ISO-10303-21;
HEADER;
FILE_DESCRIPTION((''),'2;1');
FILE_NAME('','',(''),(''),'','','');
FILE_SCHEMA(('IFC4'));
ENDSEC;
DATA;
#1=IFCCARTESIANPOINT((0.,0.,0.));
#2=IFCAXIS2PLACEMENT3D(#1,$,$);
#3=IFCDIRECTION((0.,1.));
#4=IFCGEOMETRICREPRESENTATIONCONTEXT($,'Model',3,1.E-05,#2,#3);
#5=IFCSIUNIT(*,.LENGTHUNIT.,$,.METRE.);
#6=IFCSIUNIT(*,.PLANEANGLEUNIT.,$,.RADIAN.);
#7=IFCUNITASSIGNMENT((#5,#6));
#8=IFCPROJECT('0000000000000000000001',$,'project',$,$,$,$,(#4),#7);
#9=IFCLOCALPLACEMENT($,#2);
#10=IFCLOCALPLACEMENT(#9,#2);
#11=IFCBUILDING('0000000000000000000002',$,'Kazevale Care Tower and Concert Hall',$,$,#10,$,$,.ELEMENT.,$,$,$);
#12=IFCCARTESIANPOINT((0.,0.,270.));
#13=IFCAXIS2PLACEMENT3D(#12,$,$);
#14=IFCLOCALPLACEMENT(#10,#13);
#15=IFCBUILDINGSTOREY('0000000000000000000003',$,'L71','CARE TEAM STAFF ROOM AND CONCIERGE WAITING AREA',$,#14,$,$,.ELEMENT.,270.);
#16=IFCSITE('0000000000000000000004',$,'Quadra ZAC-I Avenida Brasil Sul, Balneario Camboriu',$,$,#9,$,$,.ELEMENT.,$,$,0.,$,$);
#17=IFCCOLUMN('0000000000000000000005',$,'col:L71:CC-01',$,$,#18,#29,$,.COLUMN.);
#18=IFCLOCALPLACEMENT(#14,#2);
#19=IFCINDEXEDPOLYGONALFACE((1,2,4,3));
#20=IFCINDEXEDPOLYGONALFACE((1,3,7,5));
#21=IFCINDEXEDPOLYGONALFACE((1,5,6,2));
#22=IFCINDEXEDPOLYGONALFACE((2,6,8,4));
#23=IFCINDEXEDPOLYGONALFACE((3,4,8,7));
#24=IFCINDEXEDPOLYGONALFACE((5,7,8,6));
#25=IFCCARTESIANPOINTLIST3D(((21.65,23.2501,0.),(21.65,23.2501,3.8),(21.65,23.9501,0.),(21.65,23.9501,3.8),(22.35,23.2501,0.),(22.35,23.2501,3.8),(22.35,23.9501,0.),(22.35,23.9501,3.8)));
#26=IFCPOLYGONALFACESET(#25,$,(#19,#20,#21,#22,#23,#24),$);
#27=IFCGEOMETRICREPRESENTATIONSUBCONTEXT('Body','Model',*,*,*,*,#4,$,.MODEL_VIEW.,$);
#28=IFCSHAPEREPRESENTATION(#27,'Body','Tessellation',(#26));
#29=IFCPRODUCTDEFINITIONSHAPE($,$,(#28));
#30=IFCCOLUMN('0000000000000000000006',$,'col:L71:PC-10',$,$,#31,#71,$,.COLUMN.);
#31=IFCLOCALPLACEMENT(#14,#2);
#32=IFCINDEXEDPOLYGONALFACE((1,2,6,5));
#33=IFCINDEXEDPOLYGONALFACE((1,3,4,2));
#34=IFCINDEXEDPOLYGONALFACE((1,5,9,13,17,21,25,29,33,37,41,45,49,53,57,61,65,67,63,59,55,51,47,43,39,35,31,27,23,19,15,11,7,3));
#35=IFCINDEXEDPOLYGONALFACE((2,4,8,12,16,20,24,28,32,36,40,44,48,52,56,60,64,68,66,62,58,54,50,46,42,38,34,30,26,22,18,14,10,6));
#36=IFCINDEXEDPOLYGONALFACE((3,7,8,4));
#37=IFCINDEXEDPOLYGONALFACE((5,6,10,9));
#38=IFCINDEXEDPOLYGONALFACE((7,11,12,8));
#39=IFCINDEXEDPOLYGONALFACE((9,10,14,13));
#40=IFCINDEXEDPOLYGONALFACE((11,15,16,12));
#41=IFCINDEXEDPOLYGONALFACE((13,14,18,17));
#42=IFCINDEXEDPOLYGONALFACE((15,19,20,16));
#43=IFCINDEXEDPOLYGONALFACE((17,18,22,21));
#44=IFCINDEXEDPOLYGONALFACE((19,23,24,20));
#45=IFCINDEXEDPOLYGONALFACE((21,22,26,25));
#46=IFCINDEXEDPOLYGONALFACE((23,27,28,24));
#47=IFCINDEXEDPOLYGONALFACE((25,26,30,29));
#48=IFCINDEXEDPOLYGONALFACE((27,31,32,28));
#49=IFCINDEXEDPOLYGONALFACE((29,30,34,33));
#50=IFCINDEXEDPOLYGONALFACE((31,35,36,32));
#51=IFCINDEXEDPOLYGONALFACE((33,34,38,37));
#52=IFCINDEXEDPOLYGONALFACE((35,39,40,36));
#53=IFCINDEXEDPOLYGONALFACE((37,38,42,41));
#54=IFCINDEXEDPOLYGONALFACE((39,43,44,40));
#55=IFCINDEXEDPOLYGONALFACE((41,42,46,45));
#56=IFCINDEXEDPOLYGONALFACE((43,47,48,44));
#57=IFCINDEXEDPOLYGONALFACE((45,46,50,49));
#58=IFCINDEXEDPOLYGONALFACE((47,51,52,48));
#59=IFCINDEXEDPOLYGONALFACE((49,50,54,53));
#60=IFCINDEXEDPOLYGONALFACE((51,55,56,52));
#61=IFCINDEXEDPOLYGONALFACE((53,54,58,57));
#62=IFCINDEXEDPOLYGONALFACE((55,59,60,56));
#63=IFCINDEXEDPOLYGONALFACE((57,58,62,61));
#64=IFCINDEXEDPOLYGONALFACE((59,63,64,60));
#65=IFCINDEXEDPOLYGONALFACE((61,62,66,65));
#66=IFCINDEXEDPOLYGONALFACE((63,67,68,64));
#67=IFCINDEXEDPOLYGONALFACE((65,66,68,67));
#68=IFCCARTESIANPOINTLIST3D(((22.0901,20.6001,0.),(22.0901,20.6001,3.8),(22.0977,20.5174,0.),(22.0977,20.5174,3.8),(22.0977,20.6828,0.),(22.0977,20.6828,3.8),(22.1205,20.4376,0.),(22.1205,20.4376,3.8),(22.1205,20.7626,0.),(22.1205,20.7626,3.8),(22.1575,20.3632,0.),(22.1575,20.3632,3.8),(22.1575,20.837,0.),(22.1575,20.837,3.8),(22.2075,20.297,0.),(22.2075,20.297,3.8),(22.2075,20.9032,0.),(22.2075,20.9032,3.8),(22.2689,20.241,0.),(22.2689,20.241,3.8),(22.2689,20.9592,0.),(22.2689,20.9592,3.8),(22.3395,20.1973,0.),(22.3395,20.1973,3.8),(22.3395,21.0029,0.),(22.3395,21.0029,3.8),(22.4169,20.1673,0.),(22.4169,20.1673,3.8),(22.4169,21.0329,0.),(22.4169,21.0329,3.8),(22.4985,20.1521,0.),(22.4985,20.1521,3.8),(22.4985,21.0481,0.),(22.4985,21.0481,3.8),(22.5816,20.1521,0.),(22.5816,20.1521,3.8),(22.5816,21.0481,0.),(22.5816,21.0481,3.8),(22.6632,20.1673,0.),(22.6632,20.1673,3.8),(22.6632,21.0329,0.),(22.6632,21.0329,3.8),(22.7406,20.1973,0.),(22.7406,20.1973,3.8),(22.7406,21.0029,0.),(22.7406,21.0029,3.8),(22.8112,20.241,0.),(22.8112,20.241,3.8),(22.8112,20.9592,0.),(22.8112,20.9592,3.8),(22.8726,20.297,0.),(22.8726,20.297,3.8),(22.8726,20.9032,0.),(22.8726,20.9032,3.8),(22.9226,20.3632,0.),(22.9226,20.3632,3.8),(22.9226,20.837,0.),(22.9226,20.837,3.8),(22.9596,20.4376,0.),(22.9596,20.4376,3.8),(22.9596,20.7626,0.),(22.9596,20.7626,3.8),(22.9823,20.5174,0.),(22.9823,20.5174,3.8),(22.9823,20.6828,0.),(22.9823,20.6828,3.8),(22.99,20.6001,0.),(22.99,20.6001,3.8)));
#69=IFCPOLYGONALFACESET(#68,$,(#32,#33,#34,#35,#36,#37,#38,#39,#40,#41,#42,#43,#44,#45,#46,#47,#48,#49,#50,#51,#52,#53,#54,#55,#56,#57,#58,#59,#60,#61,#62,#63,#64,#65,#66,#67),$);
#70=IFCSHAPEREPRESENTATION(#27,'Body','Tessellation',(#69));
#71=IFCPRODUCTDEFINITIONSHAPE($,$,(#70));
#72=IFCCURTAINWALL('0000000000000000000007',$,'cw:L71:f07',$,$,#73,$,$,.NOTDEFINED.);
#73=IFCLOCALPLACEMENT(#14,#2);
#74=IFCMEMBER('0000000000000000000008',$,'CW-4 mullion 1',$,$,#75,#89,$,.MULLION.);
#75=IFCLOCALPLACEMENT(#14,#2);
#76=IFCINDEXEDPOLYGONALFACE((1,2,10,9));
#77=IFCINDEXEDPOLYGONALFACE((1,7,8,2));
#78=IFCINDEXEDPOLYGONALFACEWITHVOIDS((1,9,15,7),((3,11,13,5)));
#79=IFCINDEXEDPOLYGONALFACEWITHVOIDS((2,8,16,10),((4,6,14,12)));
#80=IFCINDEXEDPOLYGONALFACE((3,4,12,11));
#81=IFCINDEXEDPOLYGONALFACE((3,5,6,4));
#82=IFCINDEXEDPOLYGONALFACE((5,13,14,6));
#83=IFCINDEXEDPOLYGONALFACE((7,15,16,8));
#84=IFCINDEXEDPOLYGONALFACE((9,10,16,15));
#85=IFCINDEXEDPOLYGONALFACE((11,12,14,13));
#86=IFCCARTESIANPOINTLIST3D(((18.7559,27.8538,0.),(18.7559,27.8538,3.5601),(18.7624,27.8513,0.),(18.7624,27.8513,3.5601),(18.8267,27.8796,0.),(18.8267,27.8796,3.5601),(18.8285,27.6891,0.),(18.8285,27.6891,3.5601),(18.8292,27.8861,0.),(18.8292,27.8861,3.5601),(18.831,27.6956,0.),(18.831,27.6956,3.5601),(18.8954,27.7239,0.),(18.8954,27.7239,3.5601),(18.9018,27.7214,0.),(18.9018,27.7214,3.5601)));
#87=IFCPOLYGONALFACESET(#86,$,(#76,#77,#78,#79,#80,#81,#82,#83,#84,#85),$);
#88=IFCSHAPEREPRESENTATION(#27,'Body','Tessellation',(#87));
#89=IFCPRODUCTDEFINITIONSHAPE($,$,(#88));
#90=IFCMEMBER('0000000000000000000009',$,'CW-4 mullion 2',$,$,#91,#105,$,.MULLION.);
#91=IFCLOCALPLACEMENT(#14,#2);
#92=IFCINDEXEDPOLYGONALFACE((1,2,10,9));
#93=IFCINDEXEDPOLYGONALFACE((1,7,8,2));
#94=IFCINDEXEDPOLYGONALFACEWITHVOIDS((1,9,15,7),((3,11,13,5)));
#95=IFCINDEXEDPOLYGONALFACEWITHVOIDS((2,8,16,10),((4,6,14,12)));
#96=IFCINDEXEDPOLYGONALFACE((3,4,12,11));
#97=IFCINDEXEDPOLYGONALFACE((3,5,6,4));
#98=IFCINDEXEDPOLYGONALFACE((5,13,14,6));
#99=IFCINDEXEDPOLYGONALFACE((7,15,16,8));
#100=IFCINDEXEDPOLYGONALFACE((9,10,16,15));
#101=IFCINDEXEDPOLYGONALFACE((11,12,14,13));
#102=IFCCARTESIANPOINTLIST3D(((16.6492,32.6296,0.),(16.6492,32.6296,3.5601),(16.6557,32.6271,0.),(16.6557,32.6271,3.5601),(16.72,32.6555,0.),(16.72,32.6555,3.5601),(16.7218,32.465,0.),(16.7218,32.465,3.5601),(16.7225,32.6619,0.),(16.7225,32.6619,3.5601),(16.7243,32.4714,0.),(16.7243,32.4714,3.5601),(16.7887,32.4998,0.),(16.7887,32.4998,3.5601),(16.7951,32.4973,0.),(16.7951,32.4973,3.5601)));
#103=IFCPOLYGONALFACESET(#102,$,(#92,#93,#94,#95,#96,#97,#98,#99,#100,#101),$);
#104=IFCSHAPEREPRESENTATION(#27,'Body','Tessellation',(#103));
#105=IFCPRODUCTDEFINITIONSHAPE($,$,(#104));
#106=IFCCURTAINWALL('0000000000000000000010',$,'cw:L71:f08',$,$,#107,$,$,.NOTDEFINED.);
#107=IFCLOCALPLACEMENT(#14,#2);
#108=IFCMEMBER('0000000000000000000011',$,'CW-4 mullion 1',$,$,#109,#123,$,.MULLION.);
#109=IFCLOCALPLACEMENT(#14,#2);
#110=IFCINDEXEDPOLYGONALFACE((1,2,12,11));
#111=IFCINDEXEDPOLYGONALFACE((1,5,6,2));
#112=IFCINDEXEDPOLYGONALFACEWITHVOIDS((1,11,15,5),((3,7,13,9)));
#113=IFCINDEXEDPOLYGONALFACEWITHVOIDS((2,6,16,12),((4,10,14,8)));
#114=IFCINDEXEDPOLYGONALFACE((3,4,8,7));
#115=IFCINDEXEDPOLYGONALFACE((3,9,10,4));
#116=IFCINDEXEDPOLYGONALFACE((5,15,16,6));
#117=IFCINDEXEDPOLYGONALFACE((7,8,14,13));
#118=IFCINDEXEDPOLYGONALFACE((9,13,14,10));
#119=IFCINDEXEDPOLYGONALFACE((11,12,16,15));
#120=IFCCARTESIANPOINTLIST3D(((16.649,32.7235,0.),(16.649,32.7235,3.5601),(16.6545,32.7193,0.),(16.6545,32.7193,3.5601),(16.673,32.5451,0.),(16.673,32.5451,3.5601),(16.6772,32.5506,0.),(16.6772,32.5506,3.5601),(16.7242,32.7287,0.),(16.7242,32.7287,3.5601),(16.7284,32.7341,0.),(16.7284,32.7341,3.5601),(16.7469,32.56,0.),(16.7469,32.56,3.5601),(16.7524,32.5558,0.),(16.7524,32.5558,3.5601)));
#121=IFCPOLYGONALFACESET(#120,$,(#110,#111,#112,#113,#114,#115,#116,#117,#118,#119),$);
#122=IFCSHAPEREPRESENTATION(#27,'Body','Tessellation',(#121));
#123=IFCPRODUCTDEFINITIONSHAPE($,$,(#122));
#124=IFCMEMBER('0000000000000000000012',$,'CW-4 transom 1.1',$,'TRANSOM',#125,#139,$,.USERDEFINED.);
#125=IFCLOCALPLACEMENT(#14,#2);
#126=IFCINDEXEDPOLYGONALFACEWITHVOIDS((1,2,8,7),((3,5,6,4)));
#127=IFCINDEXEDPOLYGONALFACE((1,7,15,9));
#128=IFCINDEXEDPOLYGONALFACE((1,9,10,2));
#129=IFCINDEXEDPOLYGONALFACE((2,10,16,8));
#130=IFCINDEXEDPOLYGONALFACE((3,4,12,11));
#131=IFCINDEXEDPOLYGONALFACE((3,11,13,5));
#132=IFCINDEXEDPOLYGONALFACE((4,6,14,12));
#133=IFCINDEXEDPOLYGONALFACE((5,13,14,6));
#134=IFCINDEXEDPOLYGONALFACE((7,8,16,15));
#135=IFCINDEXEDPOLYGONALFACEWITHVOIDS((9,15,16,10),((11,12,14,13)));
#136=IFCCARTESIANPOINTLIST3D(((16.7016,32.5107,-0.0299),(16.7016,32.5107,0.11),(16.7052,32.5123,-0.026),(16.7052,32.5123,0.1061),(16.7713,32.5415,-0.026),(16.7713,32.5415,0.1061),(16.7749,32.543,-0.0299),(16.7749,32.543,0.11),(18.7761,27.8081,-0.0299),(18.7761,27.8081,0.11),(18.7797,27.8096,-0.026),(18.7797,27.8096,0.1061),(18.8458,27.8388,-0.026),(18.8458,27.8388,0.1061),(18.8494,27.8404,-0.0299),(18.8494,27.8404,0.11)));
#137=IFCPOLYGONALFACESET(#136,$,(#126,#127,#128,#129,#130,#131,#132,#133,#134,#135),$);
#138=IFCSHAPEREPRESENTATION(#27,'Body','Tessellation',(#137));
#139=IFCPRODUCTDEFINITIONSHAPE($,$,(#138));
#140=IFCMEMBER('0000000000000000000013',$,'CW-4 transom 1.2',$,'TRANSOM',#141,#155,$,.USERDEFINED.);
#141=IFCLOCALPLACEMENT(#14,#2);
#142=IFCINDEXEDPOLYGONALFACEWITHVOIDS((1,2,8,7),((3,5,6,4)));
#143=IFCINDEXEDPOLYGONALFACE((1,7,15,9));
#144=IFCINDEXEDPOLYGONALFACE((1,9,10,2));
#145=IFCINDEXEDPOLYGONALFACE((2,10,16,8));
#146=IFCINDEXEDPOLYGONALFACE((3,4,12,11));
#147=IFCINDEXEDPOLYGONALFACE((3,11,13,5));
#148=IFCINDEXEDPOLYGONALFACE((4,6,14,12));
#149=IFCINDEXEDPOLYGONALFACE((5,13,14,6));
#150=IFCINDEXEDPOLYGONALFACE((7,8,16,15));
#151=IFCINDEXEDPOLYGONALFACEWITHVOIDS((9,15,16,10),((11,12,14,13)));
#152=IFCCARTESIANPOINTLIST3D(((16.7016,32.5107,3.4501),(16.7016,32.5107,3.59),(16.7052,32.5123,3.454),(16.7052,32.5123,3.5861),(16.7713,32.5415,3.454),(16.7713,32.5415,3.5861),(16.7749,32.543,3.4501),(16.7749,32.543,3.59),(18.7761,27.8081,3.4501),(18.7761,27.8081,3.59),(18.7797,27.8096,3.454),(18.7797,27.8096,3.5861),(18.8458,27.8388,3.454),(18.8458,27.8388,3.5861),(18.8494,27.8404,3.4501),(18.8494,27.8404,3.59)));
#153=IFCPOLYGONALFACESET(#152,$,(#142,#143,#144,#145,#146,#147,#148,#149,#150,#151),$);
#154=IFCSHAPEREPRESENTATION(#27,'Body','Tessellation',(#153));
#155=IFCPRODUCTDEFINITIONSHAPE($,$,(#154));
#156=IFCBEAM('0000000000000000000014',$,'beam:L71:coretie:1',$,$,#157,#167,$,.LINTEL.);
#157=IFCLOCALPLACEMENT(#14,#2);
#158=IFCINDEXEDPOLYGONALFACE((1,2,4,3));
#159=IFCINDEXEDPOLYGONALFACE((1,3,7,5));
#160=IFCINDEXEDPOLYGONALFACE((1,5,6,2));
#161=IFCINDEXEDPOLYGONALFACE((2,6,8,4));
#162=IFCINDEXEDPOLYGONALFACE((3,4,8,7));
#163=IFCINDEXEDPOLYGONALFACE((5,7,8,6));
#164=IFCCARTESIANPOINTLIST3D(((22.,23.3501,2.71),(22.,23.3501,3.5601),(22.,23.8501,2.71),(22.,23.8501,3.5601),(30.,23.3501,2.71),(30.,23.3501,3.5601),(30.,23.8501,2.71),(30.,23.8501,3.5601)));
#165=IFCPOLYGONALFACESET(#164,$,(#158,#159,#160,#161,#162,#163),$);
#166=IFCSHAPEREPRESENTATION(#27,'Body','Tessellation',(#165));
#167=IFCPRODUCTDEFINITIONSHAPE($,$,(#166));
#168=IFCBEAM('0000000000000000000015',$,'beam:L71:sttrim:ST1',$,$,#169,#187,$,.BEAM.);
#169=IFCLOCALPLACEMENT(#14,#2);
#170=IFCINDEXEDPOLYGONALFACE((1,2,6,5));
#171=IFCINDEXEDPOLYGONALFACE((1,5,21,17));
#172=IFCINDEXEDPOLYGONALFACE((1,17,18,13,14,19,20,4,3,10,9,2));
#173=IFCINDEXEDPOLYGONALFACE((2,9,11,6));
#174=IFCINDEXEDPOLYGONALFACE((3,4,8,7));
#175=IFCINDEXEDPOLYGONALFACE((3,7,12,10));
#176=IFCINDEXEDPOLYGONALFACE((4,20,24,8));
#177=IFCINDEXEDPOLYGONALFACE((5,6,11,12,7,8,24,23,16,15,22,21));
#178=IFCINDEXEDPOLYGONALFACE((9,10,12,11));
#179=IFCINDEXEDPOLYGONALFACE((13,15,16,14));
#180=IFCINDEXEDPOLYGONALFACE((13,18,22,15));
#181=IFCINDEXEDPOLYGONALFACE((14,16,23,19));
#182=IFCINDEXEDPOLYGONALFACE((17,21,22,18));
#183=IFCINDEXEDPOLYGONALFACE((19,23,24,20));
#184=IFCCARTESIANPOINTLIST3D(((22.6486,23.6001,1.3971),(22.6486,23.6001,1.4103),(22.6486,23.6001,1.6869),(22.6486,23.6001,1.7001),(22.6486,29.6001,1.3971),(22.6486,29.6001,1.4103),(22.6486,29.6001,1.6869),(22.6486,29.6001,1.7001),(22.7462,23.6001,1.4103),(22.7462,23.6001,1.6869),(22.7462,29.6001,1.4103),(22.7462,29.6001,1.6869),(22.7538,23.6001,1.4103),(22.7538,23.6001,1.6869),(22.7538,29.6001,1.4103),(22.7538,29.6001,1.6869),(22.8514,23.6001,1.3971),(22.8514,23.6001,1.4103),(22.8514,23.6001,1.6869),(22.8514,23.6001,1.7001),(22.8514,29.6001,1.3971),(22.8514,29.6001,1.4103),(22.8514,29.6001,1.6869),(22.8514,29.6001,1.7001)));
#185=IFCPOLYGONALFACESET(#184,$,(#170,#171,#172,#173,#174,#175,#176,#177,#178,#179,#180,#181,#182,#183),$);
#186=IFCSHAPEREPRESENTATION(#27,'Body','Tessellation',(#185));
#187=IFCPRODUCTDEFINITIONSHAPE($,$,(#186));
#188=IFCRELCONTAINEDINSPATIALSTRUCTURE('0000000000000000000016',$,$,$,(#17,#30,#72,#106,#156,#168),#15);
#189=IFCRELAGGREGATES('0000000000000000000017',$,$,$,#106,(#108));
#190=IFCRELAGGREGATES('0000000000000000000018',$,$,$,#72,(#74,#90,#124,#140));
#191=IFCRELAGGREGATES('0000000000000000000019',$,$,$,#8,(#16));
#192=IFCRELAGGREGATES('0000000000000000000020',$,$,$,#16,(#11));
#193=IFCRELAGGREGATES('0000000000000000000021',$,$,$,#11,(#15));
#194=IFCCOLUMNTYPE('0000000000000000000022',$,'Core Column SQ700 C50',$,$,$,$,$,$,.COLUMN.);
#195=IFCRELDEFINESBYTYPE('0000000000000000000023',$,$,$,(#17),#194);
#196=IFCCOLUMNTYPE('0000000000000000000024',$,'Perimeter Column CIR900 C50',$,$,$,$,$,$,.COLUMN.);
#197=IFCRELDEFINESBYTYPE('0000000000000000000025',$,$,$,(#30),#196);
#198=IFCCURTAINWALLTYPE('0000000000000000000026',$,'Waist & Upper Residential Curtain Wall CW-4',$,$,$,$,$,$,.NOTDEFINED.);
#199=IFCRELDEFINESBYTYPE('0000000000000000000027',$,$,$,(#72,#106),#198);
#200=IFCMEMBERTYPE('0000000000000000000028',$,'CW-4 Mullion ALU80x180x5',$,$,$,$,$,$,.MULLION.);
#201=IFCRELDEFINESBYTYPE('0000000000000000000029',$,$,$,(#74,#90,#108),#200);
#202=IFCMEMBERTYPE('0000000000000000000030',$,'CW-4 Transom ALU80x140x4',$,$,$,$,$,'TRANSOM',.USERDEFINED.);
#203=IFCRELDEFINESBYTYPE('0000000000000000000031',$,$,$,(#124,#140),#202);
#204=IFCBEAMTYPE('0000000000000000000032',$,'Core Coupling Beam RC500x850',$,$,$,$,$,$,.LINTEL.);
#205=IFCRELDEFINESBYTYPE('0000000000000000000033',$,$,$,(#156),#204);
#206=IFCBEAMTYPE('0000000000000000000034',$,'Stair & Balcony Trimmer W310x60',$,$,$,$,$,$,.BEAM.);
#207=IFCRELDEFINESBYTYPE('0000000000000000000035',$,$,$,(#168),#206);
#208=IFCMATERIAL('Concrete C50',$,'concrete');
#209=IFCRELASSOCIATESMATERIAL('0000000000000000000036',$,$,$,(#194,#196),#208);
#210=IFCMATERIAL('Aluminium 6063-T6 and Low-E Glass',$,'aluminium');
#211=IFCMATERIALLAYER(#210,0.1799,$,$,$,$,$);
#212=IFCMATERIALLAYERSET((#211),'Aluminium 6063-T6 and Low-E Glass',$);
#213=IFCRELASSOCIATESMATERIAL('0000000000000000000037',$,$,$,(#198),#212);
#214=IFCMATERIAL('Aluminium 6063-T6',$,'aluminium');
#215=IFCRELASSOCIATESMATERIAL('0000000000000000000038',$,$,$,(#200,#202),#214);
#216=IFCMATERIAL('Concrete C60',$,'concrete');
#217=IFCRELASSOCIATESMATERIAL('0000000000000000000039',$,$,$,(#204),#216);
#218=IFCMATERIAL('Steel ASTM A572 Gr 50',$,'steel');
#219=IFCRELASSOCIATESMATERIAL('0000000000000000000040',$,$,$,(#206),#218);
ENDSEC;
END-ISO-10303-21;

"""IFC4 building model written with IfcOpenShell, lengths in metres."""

from ifc_helpers import new_model, si_unit, direction, frame, origin, origin_2d, place, context, subcontext, project, spatial, rectangle, hollow_rectangle, circle, i_section, extrude, material, layer, layer_set, material_profile, profile_set, type_object, element, aggregate, save


model = new_model("IFC4")

# Units and contexts
model_context = context("Model", 3, precision=1e-05, world=origin(), true_north=direction((0.0, 1.0)))
body_context = subcontext(model_context, "Body", "Model", "MODEL_VIEW")
ifc_project = project(units=[si_unit("LENGTHUNIT", "METRE"), si_unit("PLANEANGLEUNIT", "RADIAN")], contexts=[model_context])

# Site, building, storey
site_placement = place(None, origin())
site = spatial("IfcSite", under=ifc_project, at=site_placement, Name="Quadra ZAC-I Avenida Brasil Sul, Balneario Camboriu", CompositionType="ELEMENT", RefElevation=0.0)
building_placement = place(site_placement, origin())
building = spatial("IfcBuilding", under=site, at=building_placement, Name="Kazevale Care Tower and Concert Hall", CompositionType="ELEMENT")
storey_placement = place(building_placement, frame((0.0, 0.0, 270.0)))
storey = spatial("IfcBuildingStorey", under=building, at=storey_placement, Name="L71", Description="CARE TEAM STAFF ROOM AND CONCIERGE WAITING AREA", CompositionType="ELEMENT", Elevation=270.0)

# Columns
ifc_material_1 = material(Name="Concrete C50", Category="concrete")
ifc_material_profile_1 = material_profile(ifc_material_1, rectangle(XDim=0.7, YDim=0.7, at=origin_2d()), Name="RC-SQ700")
ifc_profile_set_1 = profile_set([ifc_material_profile_1], Name="Concrete C50")
column_type_1 = type_object("IfcColumnType", Name="Core Column SQ700 C50", PredefinedType="COLUMN", material=ifc_profile_set_1)
column_1_placement = place(storey_placement, frame((22.0, 23.6001, 0.0), z_axis=(0.0, 0.0, 1.0), x_axis=(1.0, 0.0, 0.0)))
element("IfcColumn", 1, at=column_1_placement, inside=storey, type_object=column_type_1, Name="col:L71:CC-01", PredefinedType="COLUMN", context=body_context, shape_type="SweptSolid", body=[
    extrude(rectangle(XDim=0.7, YDim=0.7, at=origin_2d()), origin(), (0.0, 0.0, 1.0), 3.8),
])
ifc_material_profile_2 = material_profile(ifc_material_1, circle(Radius=0.45, at=origin_2d()), Name="RC-CIR900")
ifc_profile_set_2 = profile_set([ifc_material_profile_2], Name="Concrete C50")
column_type_2 = type_object("IfcColumnType", Name="Perimeter Column CIR900 C50", PredefinedType="COLUMN", material=ifc_profile_set_2)
column_2_placement = place(storey_placement, frame((22.54, 20.6001, 0.0), z_axis=(0.0, 0.0, 1.0), x_axis=(1.0, 0.0, 0.0)))
element("IfcColumn", 2, at=column_2_placement, inside=storey, type_object=column_type_2, Name="col:L71:PC-10", PredefinedType="COLUMN", context=body_context, shape_type="SweptSolid", body=[
    extrude(circle(Radius=0.45, at=origin_2d()), origin(), (0.0, 0.0, 1.0), 3.8),
])

# Curtain wall, members
ifc_material_2 = material(Name="Aluminium 6063-T6 and Low-E Glass", Category="aluminium")
ifc_layer_1 = layer(ifc_material_2, 0.1799)
ifc_layer_set_1 = layer_set([ifc_layer_1], Name="Aluminium 6063-T6 and Low-E Glass")
curtain_wall_type = type_object("IfcCurtainWallType", Name="Waist & Upper Residential Curtain Wall CW-4", PredefinedType="NOTDEFINED", material=ifc_layer_set_1)
curtain_wall_1_placement = place(storey_placement, origin())
curtain_wall_1 = element("IfcCurtainWall", 3, at=curtain_wall_1_placement, inside=storey, type_object=curtain_wall_type, Name="cw:L71:f07", PredefinedType="NOTDEFINED")
ifc_material_3 = material(Name="Aluminium 6063-T6", Category="aluminium")
ifc_material_profile_3 = material_profile(ifc_material_3, hollow_rectangle(XDim=0.0801, YDim=0.1799, WallThickness=0.0049, at=origin_2d()), Name="ALU80x180x5")
ifc_profile_set_3 = profile_set([ifc_material_profile_3], Name="Aluminium 6063-T6")
member_type_1 = type_object("IfcMemberType", Name="CW-4 Mullion ALU80x180x5", PredefinedType="MULLION", material=ifc_profile_set_3)
member_1_placement = place(storey_placement, frame((18.8289, 27.7876, 0.0), z_axis=(0.0, 0.0, 1.0), x_axis=(-0.914936, -0.403598, 0.0)))
member_1 = element("IfcMember", 4, at=member_1_placement, type_object=member_type_1, Name="CW-4 mullion 1", PredefinedType="MULLION", context=body_context, shape_type="SweptSolid", body=[
    extrude(hollow_rectangle(XDim=0.0801, YDim=0.1799, WallThickness=0.0049, at=origin_2d()), origin(), (0.0, 0.0, 1.0), 3.5601),
])
member_2_placement = place(storey_placement, frame((16.7222, 32.5635, 0.0), z_axis=(0.0, 0.0, 1.0), x_axis=(-0.914936, -0.403598, 0.0)))
member_2 = element("IfcMember", 5, at=member_2_placement, type_object=member_type_1, Name="CW-4 mullion 2", PredefinedType="MULLION", context=body_context, shape_type="SweptSolid", body=[
    extrude(hollow_rectangle(XDim=0.0801, YDim=0.1799, WallThickness=0.0049, at=origin_2d()), origin(), (0.0, 0.0, 1.0), 3.5601),
])

# Curtain wall, member
curtain_wall_2_placement = place(storey_placement, origin())
curtain_wall_2 = element("IfcCurtainWall", 6, at=curtain_wall_2_placement, inside=storey, type_object=curtain_wall_type, Name="cw:L71:f08", PredefinedType="NOTDEFINED")
member_3_placement = place(storey_placement, frame((16.7007, 32.6396, 0.0), z_axis=(0.0, 0.0, 1.0), x_axis=(-0.991083, -0.133246, 0.0)))
member_3 = element("IfcMember", 7, at=member_3_placement, type_object=member_type_1, Name="CW-4 mullion 1", PredefinedType="MULLION", context=body_context, shape_type="SweptSolid", body=[
    extrude(hollow_rectangle(XDim=0.0801, YDim=0.1799, WallThickness=0.0049, at=origin_2d()), origin(), (0.0, 0.0, 1.0), 3.5601),
])
aggregate(curtain_wall_2, [member_3])

# Members
ifc_material_profile_4 = material_profile(ifc_material_3, hollow_rectangle(XDim=0.0801, YDim=0.1399, WallThickness=0.0039, at=origin_2d()), Name="ALU80x140x4")
ifc_profile_set_4 = profile_set([ifc_material_profile_4], Name="Aluminium 6063-T6")
member_type_2 = type_object("IfcMemberType", Name="CW-4 Transom ALU80x140x4", ElementType="TRANSOM", PredefinedType="USERDEFINED", material=ifc_profile_set_4)
member_4_placement = place(storey_placement, frame((18.8127, 27.8242, 0.04), z_axis=(-0.403603, 0.914934, 0.0), x_axis=(-0.914934, -0.403603, 0.0)))
member_4 = element("IfcMember", 8, at=member_4_placement, type_object=member_type_2, Name="CW-4 transom 1.1", ObjectType="TRANSOM", PredefinedType="USERDEFINED", context=body_context, shape_type="SweptSolid", body=[
    extrude(hollow_rectangle(XDim=0.0801, YDim=0.1399, WallThickness=0.0039, at=origin_2d()), origin(), (0.0, 0.0, 1.0), 5.1399),
])
member_5_placement = place(storey_placement, frame((18.8127, 27.8242, 3.52), z_axis=(-0.403603, 0.914934, 0.0), x_axis=(-0.914934, -0.403603, 0.0)))
member_5 = element("IfcMember", 9, at=member_5_placement, type_object=member_type_2, Name="CW-4 transom 1.2", ObjectType="TRANSOM", PredefinedType="USERDEFINED", context=body_context, shape_type="SweptSolid", body=[
    extrude(hollow_rectangle(XDim=0.0801, YDim=0.1399, WallThickness=0.0039, at=origin_2d()), origin(), (0.0, 0.0, 1.0), 5.1399),
])

# Beams
ifc_material_4 = material(Name="Concrete C60", Category="concrete")
ifc_material_profile_5 = material_profile(ifc_material_4, rectangle(XDim=0.5, YDim=0.8501, at=origin_2d()), Name="RC-B500x850")
ifc_profile_set_5 = profile_set([ifc_material_profile_5], Name="Concrete C60")
beam_type_1 = type_object("IfcBeamType", Name="Core Coupling Beam RC500x850", PredefinedType="LINTEL", material=ifc_profile_set_5)
beam_1_placement = place(storey_placement, frame((22.0, 23.6001, 3.135), z_axis=(1.0, 0.0, 0.0), x_axis=(0.0, 1.0, 0.0)))
element("IfcBeam", 10, at=beam_1_placement, inside=storey, type_object=beam_type_1, Name="beam:L71:coretie:1", PredefinedType="LINTEL", context=body_context, shape_type="SweptSolid", body=[
    extrude(rectangle(XDim=0.5, YDim=0.8501, at=origin_2d()), origin(), (0.0, 0.0, 1.0), 8.0),
])
ifc_material_5 = material(Name="Steel ASTM A572 Gr 50", Category="steel")
ifc_material_profile_6 = material_profile(ifc_material_5, i_section(OverallWidth=0.2029, OverallDepth=0.303, WebThickness=0.0076, FlangeThickness=0.0132, at=origin_2d()), Name="W310x60")
ifc_profile_set_6 = profile_set([ifc_material_profile_6], Name="Steel ASTM A572 Gr 50")
beam_type_2 = type_object("IfcBeamType", Name="Stair & Balcony Trimmer W310x60", PredefinedType="BEAM", material=ifc_profile_set_6)
for number, where, z_axis, x_axis, name in (
    (11, (22.75, 23.6001, 1.5486), (0.0, 1.0, 0.0), (-1.0, 0.0, 0.0), "beam:L71:sttrim:ST1"),
):
    element("IfcBeam", number, at=place(storey_placement, frame(where, z_axis=z_axis, x_axis=x_axis)), inside=storey, type_object=beam_type_2, Name=name, PredefinedType="BEAM", context=body_context, shape_type="SweptSolid", body=[
        extrude(i_section(OverallWidth=0.2029, OverallDepth=0.303, WebThickness=0.0076, FlangeThickness=0.0132, at=origin_2d()), origin(), (0.0, 0.0, 1.0), 6.0),
    ])

aggregate(curtain_wall_1, [member_1, member_2, member_4, member_5])

save(model, "model.ifc")
